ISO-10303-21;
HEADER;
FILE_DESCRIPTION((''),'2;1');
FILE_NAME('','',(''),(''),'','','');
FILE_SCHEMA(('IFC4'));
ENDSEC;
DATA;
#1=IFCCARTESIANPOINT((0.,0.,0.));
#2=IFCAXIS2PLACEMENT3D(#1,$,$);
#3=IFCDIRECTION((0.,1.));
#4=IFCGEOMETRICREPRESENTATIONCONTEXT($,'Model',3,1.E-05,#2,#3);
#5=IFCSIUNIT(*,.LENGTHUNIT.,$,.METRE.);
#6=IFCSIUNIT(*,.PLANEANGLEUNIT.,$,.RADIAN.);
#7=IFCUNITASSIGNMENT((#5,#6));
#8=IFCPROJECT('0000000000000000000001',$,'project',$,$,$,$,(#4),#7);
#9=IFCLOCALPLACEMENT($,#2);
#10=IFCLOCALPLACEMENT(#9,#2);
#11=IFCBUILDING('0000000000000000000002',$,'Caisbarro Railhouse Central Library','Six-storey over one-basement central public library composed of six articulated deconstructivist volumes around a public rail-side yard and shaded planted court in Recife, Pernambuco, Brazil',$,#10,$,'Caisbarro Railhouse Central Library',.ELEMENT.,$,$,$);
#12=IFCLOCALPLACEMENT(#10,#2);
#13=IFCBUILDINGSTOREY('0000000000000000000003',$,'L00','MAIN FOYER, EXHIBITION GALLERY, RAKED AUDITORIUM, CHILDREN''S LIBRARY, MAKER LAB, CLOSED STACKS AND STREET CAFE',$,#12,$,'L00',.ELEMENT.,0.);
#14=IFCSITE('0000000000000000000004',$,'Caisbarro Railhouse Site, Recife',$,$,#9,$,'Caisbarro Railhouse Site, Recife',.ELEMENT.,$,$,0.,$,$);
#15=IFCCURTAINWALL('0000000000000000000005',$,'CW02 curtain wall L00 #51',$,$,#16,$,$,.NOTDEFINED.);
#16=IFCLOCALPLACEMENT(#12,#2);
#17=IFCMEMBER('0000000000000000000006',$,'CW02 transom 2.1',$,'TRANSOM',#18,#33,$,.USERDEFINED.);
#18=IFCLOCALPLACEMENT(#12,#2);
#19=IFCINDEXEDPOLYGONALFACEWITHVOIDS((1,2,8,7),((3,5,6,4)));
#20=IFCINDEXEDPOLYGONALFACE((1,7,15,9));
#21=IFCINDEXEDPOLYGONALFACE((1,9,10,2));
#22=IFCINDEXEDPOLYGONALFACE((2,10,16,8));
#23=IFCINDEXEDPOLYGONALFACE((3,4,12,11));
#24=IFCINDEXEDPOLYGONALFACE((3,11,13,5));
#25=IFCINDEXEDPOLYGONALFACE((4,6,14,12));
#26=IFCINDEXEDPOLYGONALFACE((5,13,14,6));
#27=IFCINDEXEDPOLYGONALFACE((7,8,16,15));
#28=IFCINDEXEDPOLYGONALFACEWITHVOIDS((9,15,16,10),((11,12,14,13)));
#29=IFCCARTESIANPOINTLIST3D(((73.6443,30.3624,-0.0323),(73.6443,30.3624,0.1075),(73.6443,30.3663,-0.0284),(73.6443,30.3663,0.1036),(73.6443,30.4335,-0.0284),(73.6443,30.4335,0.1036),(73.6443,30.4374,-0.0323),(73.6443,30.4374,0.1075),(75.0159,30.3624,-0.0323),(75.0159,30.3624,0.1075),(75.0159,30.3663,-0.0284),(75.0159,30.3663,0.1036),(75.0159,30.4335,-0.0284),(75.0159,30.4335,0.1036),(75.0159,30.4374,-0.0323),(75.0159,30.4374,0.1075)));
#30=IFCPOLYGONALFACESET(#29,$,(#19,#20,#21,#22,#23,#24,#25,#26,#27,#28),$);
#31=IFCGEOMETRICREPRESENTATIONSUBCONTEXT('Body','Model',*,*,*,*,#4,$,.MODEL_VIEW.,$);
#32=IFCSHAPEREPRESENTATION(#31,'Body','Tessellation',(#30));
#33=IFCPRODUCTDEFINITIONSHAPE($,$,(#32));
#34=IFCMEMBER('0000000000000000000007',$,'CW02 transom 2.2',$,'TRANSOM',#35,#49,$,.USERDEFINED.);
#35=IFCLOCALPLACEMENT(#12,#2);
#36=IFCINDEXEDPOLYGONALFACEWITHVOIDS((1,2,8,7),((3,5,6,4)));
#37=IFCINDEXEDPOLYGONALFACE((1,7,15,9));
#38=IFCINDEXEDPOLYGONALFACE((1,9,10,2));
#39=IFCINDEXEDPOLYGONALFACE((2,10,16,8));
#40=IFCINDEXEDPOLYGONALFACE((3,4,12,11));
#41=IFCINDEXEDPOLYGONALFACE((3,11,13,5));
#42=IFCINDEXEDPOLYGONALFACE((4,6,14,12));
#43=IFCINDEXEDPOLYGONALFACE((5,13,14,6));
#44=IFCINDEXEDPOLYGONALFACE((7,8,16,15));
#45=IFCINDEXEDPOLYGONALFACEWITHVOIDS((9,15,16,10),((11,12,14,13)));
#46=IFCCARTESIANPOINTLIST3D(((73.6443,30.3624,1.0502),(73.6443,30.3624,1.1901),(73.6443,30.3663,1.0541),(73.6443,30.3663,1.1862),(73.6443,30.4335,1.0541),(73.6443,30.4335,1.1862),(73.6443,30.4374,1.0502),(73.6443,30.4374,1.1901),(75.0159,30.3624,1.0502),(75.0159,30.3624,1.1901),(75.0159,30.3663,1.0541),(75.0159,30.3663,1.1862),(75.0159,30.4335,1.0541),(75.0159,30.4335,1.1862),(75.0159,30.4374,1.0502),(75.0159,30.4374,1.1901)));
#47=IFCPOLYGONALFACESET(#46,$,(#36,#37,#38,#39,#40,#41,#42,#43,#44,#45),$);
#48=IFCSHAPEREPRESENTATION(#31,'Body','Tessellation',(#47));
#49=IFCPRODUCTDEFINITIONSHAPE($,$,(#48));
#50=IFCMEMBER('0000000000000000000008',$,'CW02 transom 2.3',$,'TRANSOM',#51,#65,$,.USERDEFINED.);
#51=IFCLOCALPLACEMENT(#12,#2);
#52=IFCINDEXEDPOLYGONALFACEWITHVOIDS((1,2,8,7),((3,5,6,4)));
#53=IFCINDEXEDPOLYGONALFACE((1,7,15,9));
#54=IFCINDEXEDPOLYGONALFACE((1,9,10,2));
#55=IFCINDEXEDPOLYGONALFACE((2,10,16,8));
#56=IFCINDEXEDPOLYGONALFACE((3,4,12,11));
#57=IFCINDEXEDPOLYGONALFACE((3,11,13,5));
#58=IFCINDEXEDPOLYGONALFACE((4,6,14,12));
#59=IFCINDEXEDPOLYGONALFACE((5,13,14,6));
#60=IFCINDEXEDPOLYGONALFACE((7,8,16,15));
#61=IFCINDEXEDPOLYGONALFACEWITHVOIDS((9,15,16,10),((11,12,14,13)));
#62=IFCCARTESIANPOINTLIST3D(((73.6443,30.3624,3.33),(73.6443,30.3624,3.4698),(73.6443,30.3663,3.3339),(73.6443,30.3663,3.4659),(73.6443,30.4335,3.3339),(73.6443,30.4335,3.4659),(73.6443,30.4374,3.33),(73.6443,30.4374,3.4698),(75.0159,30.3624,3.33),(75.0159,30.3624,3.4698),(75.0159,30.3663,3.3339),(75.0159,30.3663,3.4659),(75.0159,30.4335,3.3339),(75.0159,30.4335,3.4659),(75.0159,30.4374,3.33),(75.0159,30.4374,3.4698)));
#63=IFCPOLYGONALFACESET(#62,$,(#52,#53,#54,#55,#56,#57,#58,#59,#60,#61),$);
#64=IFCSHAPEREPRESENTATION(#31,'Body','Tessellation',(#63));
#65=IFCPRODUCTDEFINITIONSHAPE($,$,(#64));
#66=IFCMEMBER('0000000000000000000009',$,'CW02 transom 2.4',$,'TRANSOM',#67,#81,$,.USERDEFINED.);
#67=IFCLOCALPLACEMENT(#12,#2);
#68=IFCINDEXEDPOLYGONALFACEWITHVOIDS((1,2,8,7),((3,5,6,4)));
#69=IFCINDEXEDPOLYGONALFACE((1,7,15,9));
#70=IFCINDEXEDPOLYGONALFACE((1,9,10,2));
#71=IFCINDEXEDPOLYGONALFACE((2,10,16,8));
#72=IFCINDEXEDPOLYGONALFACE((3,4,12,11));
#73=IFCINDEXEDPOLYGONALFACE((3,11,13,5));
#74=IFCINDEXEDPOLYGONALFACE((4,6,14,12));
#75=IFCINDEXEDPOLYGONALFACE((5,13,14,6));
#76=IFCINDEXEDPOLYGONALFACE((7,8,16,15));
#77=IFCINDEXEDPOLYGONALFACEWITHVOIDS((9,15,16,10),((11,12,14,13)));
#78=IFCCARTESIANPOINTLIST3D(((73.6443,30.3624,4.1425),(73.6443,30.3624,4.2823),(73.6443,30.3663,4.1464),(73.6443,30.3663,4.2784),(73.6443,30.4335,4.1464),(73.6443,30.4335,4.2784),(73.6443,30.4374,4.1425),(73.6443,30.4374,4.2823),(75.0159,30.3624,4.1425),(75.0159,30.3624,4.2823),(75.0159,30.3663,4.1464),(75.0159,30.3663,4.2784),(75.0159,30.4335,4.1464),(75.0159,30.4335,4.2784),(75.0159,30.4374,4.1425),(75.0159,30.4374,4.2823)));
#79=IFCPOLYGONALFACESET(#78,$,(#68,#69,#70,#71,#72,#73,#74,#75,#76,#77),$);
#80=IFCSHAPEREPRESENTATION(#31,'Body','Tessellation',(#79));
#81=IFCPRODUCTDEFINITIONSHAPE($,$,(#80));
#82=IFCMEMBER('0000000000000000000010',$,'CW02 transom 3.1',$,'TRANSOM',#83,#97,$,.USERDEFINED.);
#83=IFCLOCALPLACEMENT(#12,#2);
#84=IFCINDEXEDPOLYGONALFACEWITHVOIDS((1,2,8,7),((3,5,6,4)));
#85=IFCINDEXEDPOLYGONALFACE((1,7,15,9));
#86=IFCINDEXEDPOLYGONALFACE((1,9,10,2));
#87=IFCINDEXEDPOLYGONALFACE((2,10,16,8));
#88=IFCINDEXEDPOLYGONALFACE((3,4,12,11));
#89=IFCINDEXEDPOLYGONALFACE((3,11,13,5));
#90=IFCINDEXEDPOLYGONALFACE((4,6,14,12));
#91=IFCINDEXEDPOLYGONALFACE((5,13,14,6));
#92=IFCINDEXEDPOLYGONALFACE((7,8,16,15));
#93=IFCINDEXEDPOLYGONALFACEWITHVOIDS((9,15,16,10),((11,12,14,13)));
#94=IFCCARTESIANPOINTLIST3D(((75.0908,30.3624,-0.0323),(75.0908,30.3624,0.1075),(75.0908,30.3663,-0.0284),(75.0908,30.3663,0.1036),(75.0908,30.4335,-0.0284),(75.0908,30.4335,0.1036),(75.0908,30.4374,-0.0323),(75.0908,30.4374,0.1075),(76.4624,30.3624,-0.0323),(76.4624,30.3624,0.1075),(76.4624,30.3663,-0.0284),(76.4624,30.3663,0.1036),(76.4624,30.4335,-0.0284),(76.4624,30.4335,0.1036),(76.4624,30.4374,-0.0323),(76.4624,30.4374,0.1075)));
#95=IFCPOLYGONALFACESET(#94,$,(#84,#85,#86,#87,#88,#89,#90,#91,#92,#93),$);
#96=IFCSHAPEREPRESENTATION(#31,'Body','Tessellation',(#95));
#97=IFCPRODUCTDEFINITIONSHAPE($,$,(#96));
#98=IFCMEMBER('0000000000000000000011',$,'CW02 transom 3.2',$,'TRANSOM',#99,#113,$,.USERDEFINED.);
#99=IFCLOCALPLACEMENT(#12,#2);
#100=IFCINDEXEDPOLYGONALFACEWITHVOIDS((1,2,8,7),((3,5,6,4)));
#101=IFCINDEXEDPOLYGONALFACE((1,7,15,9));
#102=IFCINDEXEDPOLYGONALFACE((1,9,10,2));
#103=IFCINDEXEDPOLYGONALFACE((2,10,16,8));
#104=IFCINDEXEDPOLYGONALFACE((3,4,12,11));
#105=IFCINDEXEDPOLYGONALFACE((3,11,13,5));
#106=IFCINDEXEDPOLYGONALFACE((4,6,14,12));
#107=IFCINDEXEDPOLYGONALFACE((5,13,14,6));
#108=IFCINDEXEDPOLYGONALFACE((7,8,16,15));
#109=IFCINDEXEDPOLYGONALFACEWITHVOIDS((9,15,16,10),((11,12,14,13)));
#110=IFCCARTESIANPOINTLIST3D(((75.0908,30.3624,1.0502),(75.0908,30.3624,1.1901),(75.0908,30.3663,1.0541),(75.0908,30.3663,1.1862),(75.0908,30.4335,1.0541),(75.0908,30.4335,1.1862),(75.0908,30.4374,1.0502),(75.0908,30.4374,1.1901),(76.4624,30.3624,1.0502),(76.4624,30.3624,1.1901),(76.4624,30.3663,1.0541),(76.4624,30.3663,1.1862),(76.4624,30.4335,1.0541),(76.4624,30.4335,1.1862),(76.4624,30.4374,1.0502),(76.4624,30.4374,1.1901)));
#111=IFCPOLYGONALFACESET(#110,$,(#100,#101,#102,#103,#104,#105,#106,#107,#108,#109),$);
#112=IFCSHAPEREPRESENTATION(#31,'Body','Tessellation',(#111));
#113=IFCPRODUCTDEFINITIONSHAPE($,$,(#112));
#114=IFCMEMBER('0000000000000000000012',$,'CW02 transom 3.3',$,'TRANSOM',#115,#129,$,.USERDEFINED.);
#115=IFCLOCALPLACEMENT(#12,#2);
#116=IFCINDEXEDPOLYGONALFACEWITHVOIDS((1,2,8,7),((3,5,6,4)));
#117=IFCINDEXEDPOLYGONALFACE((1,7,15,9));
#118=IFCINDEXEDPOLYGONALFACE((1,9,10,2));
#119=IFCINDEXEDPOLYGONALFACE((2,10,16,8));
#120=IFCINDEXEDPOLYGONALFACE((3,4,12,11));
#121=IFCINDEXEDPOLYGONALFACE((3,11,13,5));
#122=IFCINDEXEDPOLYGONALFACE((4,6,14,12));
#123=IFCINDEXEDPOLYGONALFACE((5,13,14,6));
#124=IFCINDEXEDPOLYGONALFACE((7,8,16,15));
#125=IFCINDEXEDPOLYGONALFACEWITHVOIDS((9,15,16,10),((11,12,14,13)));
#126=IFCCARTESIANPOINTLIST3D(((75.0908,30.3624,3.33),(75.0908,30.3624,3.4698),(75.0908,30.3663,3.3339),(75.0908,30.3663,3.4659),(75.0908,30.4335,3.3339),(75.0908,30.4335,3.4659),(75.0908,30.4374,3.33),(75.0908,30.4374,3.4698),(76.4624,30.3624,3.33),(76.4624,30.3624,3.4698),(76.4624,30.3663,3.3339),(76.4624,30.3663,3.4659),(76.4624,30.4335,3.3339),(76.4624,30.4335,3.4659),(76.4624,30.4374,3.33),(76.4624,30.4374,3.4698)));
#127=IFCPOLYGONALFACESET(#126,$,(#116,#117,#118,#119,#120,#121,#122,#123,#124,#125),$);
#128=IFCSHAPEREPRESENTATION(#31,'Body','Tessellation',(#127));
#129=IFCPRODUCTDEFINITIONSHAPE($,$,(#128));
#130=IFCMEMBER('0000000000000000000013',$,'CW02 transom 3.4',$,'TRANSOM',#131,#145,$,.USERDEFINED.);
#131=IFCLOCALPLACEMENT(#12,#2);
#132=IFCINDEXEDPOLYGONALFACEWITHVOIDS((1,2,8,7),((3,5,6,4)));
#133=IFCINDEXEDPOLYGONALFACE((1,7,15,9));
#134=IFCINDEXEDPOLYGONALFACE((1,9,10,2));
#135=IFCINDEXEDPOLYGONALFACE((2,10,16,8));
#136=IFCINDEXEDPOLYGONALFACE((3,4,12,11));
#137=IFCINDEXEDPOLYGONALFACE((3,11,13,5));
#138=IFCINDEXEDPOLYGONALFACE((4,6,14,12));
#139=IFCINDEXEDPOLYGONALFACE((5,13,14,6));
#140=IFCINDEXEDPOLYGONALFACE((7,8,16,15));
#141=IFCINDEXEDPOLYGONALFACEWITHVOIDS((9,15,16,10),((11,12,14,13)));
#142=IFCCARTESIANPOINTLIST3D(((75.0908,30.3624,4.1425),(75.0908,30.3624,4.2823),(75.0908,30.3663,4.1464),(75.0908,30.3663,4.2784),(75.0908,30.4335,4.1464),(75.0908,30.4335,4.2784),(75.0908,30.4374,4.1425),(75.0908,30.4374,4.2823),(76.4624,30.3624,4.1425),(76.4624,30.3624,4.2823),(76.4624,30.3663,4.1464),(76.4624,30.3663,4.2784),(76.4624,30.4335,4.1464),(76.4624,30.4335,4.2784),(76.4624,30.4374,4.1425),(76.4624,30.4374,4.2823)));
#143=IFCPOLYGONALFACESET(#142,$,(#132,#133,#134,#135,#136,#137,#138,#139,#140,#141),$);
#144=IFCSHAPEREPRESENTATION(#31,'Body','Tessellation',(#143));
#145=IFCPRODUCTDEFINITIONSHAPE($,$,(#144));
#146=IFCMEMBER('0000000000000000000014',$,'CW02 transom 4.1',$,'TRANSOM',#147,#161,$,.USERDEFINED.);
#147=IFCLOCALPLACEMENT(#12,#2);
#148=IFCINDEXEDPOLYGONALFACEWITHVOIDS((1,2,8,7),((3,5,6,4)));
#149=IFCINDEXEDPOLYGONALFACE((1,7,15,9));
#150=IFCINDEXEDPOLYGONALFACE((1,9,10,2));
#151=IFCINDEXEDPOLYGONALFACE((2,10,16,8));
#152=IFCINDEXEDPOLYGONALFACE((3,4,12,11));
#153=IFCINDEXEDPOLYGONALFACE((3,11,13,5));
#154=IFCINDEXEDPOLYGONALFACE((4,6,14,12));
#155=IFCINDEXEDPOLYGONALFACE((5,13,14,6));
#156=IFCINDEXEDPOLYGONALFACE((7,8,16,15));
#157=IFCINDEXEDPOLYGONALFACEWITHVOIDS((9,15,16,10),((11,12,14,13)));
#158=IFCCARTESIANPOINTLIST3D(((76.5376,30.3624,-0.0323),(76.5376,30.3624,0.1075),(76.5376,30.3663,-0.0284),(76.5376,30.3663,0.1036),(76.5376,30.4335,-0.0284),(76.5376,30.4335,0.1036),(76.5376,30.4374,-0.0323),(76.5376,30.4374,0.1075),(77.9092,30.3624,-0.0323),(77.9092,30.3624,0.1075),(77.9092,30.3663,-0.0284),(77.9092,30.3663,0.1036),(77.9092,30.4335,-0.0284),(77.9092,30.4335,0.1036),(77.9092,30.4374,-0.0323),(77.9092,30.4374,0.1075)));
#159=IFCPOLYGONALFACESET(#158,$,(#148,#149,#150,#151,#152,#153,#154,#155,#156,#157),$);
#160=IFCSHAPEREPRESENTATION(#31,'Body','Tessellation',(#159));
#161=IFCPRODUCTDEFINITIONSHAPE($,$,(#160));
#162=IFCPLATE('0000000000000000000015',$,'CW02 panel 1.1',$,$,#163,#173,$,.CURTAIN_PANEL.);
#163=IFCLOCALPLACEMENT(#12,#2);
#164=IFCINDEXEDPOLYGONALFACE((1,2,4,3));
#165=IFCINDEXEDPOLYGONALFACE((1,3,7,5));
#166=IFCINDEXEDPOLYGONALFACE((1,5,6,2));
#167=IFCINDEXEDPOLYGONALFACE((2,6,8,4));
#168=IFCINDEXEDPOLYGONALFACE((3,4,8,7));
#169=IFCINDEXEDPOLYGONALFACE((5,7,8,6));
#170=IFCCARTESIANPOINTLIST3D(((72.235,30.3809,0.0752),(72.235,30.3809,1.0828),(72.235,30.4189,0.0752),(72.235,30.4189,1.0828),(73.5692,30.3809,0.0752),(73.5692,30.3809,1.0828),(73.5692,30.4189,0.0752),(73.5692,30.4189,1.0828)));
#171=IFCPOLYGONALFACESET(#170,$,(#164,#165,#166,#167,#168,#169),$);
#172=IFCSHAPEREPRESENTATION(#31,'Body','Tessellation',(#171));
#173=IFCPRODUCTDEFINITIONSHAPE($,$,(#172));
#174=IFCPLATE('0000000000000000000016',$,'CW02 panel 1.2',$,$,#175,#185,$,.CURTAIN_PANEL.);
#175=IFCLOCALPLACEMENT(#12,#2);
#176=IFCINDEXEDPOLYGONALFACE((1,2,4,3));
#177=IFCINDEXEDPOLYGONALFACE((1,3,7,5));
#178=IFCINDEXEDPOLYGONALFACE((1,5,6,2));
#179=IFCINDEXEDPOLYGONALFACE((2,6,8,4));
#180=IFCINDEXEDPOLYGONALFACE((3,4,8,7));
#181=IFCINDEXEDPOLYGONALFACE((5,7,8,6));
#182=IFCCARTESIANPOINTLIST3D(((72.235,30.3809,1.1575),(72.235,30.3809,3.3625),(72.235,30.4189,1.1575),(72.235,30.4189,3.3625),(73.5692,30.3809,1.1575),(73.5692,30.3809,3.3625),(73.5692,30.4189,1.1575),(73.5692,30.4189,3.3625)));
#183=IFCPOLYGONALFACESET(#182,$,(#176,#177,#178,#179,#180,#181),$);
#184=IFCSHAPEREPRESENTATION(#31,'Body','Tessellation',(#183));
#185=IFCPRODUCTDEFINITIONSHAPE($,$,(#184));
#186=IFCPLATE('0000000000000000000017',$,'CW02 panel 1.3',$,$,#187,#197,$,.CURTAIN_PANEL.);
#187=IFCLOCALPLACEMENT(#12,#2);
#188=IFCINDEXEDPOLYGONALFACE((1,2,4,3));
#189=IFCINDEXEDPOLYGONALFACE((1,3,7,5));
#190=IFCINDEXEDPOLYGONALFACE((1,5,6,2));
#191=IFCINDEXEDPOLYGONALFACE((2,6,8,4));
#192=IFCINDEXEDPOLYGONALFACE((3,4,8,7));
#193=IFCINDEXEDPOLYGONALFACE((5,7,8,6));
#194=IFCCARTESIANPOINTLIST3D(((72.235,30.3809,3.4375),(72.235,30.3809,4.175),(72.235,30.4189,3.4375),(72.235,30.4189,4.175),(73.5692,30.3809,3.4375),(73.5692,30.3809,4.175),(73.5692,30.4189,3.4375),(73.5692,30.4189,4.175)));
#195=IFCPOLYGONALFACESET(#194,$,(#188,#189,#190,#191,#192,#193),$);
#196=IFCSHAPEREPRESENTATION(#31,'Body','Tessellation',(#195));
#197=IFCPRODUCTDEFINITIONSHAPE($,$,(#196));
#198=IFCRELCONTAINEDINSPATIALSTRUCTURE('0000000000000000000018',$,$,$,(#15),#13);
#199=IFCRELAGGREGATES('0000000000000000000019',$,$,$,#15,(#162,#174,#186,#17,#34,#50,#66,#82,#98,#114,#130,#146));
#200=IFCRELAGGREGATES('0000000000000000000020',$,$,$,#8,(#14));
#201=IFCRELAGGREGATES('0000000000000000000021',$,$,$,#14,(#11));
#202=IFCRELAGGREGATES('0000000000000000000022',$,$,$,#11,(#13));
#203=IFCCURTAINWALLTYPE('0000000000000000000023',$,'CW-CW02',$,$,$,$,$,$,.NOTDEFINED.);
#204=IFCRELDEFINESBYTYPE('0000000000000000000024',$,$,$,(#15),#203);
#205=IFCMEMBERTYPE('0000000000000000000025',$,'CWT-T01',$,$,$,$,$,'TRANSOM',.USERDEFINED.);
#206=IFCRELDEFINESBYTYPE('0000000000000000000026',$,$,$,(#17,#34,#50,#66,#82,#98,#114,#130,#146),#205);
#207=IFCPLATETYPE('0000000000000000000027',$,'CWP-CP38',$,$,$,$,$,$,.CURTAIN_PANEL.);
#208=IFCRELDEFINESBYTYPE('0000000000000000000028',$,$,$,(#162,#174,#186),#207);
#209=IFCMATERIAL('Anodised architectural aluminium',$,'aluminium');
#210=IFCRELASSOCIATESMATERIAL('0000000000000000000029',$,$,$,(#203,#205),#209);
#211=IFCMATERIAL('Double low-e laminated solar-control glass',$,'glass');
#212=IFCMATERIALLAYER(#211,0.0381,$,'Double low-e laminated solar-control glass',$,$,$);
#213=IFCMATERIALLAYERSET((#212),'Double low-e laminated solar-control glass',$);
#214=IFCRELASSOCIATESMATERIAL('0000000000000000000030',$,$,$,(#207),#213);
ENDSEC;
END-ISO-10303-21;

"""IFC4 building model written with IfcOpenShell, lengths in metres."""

from ifc_helpers import new_model, si_unit, direction, frame, origin, origin_2d, place, context, subcontext, project, spatial, rectangle, hollow_rectangle, extrude, material, layer, layer_set, material_profile, profile_set, type_object, element, aggregate, save


model = new_model("IFC4")

# Units and contexts
model_context = context("Model", 3, precision=1e-05, world=origin(), true_north=direction((0.0, 1.0)))
body_context = subcontext(model_context, "Body", "Model", "MODEL_VIEW")
ifc_project = project(units=[si_unit("LENGTHUNIT", "METRE"), si_unit("PLANEANGLEUNIT", "RADIAN")], contexts=[model_context])

# Site, building, storey
site_placement = place(None, origin())
site = spatial("IfcSite", under=ifc_project, at=site_placement, Name="Caisbarro Railhouse Site, Recife", LongName="Caisbarro Railhouse Site, Recife", CompositionType="ELEMENT", RefElevation=0.0)
building_placement = place(site_placement, origin())
building = spatial("IfcBuilding", under=site, at=building_placement, Name="Caisbarro Railhouse Central Library", Description="Six-storey over one-basement central public library composed of six articulated deconstructivist volumes around a public rail-side yard and shaded planted court in Recife, Pernambuco, Brazil", LongName="Caisbarro Railhouse Central Library", CompositionType="ELEMENT")
storey_placement = place(building_placement, origin())
storey = spatial("IfcBuildingStorey", under=building, at=storey_placement, Name="L00", Description="MAIN FOYER, EXHIBITION GALLERY, RAKED AUDITORIUM, CHILDREN'S LIBRARY, MAKER LAB, CLOSED STACKS AND STREET CAFE", LongName="L00", CompositionType="ELEMENT", Elevation=0.0)

# Curtain wall, members, plates
ifc_material_1 = material(Name="Anodised architectural aluminium", Category="aluminium")
curtain_wall_type = type_object("IfcCurtainWallType", Name="CW-CW02", PredefinedType="NOTDEFINED", material=ifc_material_1)
curtain_wall_placement = place(storey_placement, origin())
curtain_wall = element("IfcCurtainWall", 1, at=curtain_wall_placement, inside=storey, type_object=curtain_wall_type, Name="CW02 curtain wall L00 #51", PredefinedType="NOTDEFINED")
ifc_material_profile_1 = material_profile(ifc_material_1, hollow_rectangle(XDim=0.075, YDim=0.1399, WallThickness=0.0039, at=origin_2d()), Name="ALU-TRN-75X140")
ifc_profile_set_1 = profile_set([ifc_material_profile_1], Name="Anodised architectural aluminium")
member_type_1 = type_object("IfcMemberType", Name="CWT-T01", ElementType="TRANSOM", PredefinedType="USERDEFINED", material=ifc_profile_set_1)
member_1_placement = place(storey_placement, frame((73.6443, 30.3999, 0.0376), z_axis=(1.0, 0.0, 0.0), x_axis=(0.0, 1.0, 0.0)))
member_1 = element("IfcMember", 2, at=member_1_placement, type_object=member_type_1, Name="CW02 transom 2.1", ObjectType="TRANSOM", PredefinedType="USERDEFINED", context=body_context, shape_type="SweptSolid", body=[
    extrude(hollow_rectangle(XDim=0.075, YDim=0.1399, WallThickness=0.0039, at=origin_2d()), origin(), (0.0, 0.0, 1.0), 1.3716),
])
member_2_placement = place(storey_placement, frame((73.6443, 30.3999, 1.1201), z_axis=(1.0, 0.0, 0.0), x_axis=(0.0, 1.0, 0.0)))
member_2 = element("IfcMember", 3, at=member_2_placement, type_object=member_type_1, Name="CW02 transom 2.2", ObjectType="TRANSOM", PredefinedType="USERDEFINED", context=body_context, shape_type="SweptSolid", body=[
    extrude(hollow_rectangle(XDim=0.075, YDim=0.1399, WallThickness=0.0039, at=origin_2d()), origin(), (0.0, 0.0, 1.0), 1.3716),
])
member_3_placement = place(storey_placement, frame((73.6443, 30.3999, 3.3999), z_axis=(1.0, 0.0, 0.0), x_axis=(0.0, 1.0, 0.0)))
member_3 = element("IfcMember", 4, at=member_3_placement, type_object=member_type_1, Name="CW02 transom 2.3", ObjectType="TRANSOM", PredefinedType="USERDEFINED", context=body_context, shape_type="SweptSolid", body=[
    extrude(hollow_rectangle(XDim=0.075, YDim=0.1399, WallThickness=0.0039, at=origin_2d()), origin(), (0.0, 0.0, 1.0), 1.3716),
])
member_4_placement = place(storey_placement, frame((73.6443, 30.3999, 4.2124), z_axis=(1.0, 0.0, 0.0), x_axis=(0.0, 1.0, 0.0)))
member_4 = element("IfcMember", 5, at=member_4_placement, type_object=member_type_1, Name="CW02 transom 2.4", ObjectType="TRANSOM", PredefinedType="USERDEFINED", context=body_context, shape_type="SweptSolid", body=[
    extrude(hollow_rectangle(XDim=0.075, YDim=0.1399, WallThickness=0.0039, at=origin_2d()), origin(), (0.0, 0.0, 1.0), 1.3716),
])
member_5_placement = place(storey_placement, frame((75.0908, 30.3999, 0.0376), z_axis=(1.0, 0.0, 0.0), x_axis=(0.0, 1.0, 0.0)))
member_5 = element("IfcMember", 6, at=member_5_placement, type_object=member_type_1, Name="CW02 transom 3.1", ObjectType="TRANSOM", PredefinedType="USERDEFINED", context=body_context, shape_type="SweptSolid", body=[
    extrude(hollow_rectangle(XDim=0.075, YDim=0.1399, WallThickness=0.0039, at=origin_2d()), origin(), (0.0, 0.0, 1.0), 1.3716),
])
member_6_placement = place(storey_placement, frame((75.0908, 30.3999, 1.1201), z_axis=(1.0, 0.0, 0.0), x_axis=(0.0, 1.0, 0.0)))
member_6 = element("IfcMember", 7, at=member_6_placement, type_object=member_type_1, Name="CW02 transom 3.2", ObjectType="TRANSOM", PredefinedType="USERDEFINED", context=body_context, shape_type="SweptSolid", body=[
    extrude(hollow_rectangle(XDim=0.075, YDim=0.1399, WallThickness=0.0039, at=origin_2d()), origin(), (0.0, 0.0, 1.0), 1.3716),
])
member_7_placement = place(storey_placement, frame((75.0908, 30.3999, 3.3999), z_axis=(1.0, 0.0, 0.0), x_axis=(0.0, 1.0, 0.0)))
member_7 = element("IfcMember", 8, at=member_7_placement, type_object=member_type_1, Name="CW02 transom 3.3", ObjectType="TRANSOM", PredefinedType="USERDEFINED", context=body_context, shape_type="SweptSolid", body=[
    extrude(hollow_rectangle(XDim=0.075, YDim=0.1399, WallThickness=0.0039, at=origin_2d()), origin(), (0.0, 0.0, 1.0), 1.3716),
])
member_8_placement = place(storey_placement, frame((75.0908, 30.3999, 4.2124), z_axis=(1.0, 0.0, 0.0), x_axis=(0.0, 1.0, 0.0)))
member_8 = element("IfcMember", 9, at=member_8_placement, type_object=member_type_1, Name="CW02 transom 3.4", ObjectType="TRANSOM", PredefinedType="USERDEFINED", context=body_context, shape_type="SweptSolid", body=[
    extrude(hollow_rectangle(XDim=0.075, YDim=0.1399, WallThickness=0.0039, at=origin_2d()), origin(), (0.0, 0.0, 1.0), 1.3716),
])
member_9_placement = place(storey_placement, frame((76.5376, 30.3999, 0.0376), z_axis=(1.0, 0.0, 0.0), x_axis=(0.0, 1.0, 0.0)))
member_9 = element("IfcMember", 10, at=member_9_placement, type_object=member_type_1, Name="CW02 transom 4.1", ObjectType="TRANSOM", PredefinedType="USERDEFINED", context=body_context, shape_type="SweptSolid", body=[
    extrude(hollow_rectangle(XDim=0.075, YDim=0.1399, WallThickness=0.0039, at=origin_2d()), origin(), (0.0, 0.0, 1.0), 1.3716),
])
ifc_material_2 = material(Name="Double low-e laminated solar-control glass", Category="glass")
ifc_layer = layer(ifc_material_2, 0.0381, Name="Double low-e laminated solar-control glass")
ifc_layer_set = layer_set([ifc_layer], Name="Double low-e laminated solar-control glass")
plate_type = type_object("IfcPlateType", Name="CWP-CP38", PredefinedType="CURTAIN_PANEL", material=ifc_layer_set)
plate_1_placement = place(storey_placement, frame((72.9021, 30.3999, 0.0752), z_axis=(0.0, 0.0, 1.0), x_axis=(1.0, 0.0, 0.0)))
plate_1 = element("IfcPlate", 11, at=plate_1_placement, type_object=plate_type, Name="CW02 panel 1.1", PredefinedType="CURTAIN_PANEL", context=body_context, shape_type="SweptSolid", body=[
    extrude(rectangle(XDim=1.3342, YDim=0.0381, at=origin_2d()), origin(), (0.0, 0.0, 1.0), 1.0076),
])
plate_2_placement = place(storey_placement, frame((72.9021, 30.3999, 1.1575), z_axis=(0.0, 0.0, 1.0), x_axis=(1.0, 0.0, 0.0)))
plate_2 = element("IfcPlate", 12, at=plate_2_placement, type_object=plate_type, Name="CW02 panel 1.2", PredefinedType="CURTAIN_PANEL", context=body_context, shape_type="SweptSolid", body=[
    extrude(rectangle(XDim=1.3342, YDim=0.0381, at=origin_2d()), origin(), (0.0, 0.0, 1.0), 2.2051),
])
plate_3_placement = place(storey_placement, frame((72.9021, 30.3999, 3.4375), z_axis=(0.0, 0.0, 1.0), x_axis=(1.0, 0.0, 0.0)))
plate_3 = element("IfcPlate", 13, at=plate_3_placement, type_object=plate_type, Name="CW02 panel 1.3", PredefinedType="CURTAIN_PANEL", context=body_context, shape_type="SweptSolid", body=[
    extrude(rectangle(XDim=1.3342, YDim=0.0381, at=origin_2d()), origin(), (0.0, 0.0, 1.0), 0.7375),
])
aggregate(curtain_wall, [plate_1, plate_2, plate_3, member_1, member_2, member_3, member_4, member_5, member_6, member_7, member_8, member_9])

save(model, "model.ifc")
